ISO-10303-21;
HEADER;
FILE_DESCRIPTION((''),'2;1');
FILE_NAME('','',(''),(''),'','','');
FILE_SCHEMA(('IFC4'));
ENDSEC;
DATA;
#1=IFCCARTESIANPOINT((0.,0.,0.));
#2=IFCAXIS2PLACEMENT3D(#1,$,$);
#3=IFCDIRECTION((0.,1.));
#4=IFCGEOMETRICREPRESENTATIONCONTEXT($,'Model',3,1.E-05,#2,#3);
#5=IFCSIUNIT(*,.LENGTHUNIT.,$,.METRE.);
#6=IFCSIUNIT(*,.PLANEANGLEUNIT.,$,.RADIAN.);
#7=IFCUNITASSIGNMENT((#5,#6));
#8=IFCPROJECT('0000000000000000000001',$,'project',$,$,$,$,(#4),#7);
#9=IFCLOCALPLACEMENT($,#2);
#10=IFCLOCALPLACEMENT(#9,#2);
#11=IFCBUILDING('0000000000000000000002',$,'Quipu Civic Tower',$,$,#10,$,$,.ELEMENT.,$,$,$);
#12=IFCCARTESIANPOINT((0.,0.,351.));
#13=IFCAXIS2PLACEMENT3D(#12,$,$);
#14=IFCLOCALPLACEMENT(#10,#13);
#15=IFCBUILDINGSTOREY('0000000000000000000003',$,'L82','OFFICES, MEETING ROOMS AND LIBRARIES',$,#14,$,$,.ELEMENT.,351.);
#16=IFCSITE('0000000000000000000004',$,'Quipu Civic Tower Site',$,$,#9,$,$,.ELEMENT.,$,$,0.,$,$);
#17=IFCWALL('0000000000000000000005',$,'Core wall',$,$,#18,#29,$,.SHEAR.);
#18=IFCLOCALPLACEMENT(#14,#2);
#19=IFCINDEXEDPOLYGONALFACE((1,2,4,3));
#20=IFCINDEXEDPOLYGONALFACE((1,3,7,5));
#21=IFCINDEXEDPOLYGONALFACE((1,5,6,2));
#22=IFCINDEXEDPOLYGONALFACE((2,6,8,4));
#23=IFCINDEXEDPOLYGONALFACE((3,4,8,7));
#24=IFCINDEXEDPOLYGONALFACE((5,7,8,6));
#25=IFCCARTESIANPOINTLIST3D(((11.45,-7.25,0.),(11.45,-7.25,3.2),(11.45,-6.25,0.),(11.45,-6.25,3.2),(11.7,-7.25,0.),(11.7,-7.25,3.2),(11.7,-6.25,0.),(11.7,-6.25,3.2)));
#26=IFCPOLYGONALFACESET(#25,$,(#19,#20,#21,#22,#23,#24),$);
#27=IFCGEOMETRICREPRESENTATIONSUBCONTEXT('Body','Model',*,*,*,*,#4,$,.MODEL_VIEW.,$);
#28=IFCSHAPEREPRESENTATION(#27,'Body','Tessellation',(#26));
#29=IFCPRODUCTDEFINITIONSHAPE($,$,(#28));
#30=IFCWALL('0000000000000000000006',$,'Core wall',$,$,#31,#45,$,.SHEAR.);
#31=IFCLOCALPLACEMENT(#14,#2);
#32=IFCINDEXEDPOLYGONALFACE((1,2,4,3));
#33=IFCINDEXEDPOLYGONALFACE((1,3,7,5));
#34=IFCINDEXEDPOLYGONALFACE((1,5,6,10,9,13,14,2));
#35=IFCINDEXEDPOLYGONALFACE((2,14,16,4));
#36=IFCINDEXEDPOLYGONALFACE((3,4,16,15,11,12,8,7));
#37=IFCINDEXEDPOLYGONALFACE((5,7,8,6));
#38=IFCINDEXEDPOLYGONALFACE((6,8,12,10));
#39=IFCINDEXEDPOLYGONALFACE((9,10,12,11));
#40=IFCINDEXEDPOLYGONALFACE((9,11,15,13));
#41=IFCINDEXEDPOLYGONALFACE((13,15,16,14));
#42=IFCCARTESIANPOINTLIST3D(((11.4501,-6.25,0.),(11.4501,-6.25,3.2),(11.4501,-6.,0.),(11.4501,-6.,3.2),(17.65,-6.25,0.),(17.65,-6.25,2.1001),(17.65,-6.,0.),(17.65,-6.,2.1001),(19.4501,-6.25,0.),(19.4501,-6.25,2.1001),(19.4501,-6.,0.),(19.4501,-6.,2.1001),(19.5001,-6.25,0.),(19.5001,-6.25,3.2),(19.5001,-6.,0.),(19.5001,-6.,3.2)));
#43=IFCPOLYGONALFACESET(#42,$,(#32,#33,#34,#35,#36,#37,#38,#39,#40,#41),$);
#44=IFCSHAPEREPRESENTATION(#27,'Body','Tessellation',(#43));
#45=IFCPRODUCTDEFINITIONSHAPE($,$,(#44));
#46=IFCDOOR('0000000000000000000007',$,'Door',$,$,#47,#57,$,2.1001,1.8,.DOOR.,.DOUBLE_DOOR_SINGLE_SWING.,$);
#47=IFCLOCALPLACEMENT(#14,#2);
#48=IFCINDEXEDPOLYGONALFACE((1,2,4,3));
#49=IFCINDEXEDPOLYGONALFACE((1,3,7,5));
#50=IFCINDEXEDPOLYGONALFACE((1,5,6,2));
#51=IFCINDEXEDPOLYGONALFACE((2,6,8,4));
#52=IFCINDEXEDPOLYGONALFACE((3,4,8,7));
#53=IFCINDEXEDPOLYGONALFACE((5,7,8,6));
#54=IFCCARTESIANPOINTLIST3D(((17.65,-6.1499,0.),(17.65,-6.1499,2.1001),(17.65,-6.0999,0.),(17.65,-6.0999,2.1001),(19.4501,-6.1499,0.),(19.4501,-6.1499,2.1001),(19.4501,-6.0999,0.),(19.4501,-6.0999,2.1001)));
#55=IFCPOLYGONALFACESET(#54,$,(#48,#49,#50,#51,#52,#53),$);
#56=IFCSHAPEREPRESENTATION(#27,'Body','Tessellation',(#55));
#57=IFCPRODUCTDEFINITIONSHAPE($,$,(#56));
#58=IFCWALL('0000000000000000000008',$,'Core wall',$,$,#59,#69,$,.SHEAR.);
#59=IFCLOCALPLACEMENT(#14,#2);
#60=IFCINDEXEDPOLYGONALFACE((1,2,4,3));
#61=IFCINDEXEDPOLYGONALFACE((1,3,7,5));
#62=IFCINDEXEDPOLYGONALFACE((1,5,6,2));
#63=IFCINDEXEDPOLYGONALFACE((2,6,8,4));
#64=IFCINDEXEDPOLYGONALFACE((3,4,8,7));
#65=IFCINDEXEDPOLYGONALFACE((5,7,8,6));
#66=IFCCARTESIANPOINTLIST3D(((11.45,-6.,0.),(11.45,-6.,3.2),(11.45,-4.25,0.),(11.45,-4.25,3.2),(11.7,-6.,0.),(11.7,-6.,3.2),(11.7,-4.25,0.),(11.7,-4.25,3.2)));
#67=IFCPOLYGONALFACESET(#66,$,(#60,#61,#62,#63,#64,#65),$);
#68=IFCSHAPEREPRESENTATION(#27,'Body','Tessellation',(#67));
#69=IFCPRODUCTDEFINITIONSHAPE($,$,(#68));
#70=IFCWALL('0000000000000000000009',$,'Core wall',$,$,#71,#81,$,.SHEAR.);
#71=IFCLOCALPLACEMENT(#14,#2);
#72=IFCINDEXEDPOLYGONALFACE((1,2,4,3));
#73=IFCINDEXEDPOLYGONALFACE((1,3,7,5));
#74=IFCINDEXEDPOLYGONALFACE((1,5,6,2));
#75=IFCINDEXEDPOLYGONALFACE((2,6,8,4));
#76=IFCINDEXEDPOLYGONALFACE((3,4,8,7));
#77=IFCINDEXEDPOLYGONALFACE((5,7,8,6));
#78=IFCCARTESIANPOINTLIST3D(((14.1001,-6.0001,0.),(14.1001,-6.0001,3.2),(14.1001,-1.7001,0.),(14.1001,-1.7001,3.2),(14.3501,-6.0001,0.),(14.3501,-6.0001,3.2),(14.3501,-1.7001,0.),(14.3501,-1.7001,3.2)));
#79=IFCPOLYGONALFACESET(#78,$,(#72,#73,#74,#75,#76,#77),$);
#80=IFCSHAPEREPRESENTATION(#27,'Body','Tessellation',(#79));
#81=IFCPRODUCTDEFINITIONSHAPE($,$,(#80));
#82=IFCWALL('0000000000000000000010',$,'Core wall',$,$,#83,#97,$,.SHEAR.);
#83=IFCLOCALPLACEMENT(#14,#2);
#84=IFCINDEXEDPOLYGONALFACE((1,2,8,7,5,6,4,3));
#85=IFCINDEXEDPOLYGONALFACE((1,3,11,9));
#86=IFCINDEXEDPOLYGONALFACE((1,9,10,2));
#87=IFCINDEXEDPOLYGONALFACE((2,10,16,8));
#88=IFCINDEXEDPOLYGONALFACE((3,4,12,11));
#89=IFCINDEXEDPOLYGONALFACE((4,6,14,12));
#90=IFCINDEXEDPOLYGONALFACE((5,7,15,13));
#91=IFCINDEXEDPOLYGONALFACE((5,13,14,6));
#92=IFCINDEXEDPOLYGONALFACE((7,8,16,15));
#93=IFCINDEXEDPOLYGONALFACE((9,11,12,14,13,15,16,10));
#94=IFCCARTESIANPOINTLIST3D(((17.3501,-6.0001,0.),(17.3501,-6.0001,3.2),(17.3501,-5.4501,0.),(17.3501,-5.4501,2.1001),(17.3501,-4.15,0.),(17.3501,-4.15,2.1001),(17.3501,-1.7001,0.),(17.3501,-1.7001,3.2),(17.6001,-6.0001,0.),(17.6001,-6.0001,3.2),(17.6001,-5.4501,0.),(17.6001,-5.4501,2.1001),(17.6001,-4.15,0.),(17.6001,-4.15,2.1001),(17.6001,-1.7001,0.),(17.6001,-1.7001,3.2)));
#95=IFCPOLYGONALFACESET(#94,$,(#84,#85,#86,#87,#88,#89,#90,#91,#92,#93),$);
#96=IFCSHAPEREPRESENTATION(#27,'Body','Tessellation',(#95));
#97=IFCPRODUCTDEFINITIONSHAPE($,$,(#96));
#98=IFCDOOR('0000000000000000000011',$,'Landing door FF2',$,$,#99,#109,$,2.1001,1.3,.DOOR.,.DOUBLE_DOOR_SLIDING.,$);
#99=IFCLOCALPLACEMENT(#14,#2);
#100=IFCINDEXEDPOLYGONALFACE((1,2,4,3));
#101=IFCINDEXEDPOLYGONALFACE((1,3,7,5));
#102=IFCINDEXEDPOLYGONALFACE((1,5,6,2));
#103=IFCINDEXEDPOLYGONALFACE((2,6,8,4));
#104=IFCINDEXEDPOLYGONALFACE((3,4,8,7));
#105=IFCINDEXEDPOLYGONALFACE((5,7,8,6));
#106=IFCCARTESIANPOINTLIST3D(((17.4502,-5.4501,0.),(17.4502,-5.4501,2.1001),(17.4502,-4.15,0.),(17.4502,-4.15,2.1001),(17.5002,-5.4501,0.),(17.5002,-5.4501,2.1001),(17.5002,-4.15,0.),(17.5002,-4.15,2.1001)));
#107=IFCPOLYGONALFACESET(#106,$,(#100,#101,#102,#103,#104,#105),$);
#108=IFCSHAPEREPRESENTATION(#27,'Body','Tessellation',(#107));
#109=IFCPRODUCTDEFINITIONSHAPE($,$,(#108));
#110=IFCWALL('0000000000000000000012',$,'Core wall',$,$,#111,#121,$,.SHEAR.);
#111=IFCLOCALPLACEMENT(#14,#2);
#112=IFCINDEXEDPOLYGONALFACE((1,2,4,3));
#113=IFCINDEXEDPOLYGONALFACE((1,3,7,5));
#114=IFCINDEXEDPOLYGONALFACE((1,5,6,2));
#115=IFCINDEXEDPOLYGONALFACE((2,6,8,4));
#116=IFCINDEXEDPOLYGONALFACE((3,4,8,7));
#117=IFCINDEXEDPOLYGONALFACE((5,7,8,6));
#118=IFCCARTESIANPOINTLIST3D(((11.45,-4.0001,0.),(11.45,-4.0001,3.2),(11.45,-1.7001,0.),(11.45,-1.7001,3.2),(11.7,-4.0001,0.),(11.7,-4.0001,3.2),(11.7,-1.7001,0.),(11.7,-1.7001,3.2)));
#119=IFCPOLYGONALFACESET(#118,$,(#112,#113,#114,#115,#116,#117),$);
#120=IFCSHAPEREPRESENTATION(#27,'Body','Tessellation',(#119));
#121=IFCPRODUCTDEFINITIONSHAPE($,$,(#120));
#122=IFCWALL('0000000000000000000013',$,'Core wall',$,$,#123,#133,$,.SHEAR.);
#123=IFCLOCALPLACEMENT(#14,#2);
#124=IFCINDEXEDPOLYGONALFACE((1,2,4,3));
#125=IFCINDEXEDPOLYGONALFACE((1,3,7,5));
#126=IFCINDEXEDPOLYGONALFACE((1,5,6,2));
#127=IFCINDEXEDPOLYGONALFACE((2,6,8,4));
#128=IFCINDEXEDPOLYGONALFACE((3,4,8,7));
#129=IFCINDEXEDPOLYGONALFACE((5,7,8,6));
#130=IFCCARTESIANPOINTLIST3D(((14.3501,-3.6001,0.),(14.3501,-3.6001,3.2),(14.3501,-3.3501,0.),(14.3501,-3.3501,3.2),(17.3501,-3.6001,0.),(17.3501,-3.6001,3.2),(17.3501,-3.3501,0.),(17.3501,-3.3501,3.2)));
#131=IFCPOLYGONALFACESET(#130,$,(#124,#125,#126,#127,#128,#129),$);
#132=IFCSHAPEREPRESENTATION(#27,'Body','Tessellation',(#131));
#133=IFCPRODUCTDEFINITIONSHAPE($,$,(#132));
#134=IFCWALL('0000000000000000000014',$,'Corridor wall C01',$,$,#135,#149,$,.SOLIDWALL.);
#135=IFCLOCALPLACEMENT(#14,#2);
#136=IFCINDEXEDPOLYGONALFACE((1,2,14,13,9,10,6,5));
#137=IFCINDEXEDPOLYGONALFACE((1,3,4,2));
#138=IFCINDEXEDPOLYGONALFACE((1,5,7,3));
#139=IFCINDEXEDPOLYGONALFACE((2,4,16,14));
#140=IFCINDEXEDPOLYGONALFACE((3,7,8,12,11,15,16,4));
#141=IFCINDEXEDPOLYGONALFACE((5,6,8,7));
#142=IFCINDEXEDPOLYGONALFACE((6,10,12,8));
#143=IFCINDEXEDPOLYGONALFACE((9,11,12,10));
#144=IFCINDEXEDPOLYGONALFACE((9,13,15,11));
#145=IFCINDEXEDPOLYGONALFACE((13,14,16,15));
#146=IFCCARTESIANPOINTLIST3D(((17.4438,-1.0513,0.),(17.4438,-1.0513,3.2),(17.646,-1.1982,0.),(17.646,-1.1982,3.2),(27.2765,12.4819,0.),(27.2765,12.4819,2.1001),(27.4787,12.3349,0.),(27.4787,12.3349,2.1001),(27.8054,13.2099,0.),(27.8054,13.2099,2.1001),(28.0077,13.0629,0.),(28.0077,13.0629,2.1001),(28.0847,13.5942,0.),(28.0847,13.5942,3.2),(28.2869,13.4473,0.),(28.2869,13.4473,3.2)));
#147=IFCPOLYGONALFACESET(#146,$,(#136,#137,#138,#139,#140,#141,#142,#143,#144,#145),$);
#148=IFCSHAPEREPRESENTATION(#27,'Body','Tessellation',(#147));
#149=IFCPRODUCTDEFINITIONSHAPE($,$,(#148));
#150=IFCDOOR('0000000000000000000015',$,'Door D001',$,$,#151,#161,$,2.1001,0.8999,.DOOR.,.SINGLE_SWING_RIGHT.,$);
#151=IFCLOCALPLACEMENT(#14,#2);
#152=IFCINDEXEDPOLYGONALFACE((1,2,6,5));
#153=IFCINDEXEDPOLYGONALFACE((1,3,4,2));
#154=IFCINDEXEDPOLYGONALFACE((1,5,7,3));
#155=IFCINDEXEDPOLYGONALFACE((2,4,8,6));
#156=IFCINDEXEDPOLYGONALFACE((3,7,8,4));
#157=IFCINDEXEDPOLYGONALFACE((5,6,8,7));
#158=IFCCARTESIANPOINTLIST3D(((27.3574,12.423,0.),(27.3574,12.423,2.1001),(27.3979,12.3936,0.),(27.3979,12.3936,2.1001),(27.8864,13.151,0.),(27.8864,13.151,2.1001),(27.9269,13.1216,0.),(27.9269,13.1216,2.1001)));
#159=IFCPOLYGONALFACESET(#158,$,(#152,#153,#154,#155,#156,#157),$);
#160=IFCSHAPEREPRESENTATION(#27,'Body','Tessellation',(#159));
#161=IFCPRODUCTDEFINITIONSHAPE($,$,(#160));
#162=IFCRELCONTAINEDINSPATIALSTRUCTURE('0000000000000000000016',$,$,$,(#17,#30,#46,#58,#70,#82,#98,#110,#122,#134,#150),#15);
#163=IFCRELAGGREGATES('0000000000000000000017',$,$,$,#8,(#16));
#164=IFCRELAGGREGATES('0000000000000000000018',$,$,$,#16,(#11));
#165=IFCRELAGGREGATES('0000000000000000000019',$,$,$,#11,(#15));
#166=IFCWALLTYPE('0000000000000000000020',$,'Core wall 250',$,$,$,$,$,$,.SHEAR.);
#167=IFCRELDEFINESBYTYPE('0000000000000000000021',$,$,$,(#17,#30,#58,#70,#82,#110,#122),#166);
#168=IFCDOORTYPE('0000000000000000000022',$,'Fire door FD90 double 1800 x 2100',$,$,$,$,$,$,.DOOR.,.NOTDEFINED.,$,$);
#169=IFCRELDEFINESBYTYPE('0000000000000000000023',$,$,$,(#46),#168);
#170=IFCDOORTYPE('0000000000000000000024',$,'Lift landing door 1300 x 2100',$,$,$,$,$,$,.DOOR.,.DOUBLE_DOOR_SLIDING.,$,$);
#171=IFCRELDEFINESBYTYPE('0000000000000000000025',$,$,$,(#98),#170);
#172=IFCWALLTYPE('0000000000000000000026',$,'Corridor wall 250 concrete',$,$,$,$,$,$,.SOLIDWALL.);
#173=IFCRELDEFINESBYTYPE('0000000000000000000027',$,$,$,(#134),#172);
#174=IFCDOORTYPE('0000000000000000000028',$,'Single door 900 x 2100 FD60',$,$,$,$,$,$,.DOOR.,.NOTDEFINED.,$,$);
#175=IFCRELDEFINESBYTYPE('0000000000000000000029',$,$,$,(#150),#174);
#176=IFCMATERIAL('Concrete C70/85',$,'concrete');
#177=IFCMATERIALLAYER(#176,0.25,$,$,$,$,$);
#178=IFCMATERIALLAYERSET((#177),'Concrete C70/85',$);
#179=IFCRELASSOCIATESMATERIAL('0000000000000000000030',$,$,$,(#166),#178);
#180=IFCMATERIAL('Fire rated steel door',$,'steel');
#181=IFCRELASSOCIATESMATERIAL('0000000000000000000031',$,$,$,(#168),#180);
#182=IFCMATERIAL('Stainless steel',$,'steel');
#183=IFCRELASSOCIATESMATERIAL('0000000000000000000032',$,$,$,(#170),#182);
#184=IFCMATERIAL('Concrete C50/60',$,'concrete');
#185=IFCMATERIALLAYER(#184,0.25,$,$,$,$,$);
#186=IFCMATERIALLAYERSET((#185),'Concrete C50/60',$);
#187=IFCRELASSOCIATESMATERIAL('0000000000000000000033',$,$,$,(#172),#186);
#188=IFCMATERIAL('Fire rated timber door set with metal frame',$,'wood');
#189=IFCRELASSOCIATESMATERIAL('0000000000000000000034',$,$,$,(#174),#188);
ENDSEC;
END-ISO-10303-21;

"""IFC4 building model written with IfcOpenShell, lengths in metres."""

from ifc_helpers import new_model, si_unit, direction, frame, frame_2d, origin, place, context, subcontext, project, spatial, rectangle, extrude, material, layer, layer_set, type_object, element, fill, save


model = new_model("IFC4")

# Units and contexts
model_context = context("Model", 3, precision=1e-05, world=origin(), true_north=direction((0.0, 1.0)))
body_context = subcontext(model_context, "Body", "Model", "MODEL_VIEW")
ifc_project = project(units=[si_unit("LENGTHUNIT", "METRE"), si_unit("PLANEANGLEUNIT", "RADIAN")], contexts=[model_context])

# Site, building, storey
site_placement = place(None, origin())
site = spatial("IfcSite", under=ifc_project, at=site_placement, Name="Quipu Civic Tower Site", CompositionType="ELEMENT", RefElevation=0.0)
building_placement = place(site_placement, origin())
building = spatial("IfcBuilding", under=site, at=building_placement, Name="Quipu Civic Tower", CompositionType="ELEMENT")
storey_placement = place(building_placement, frame((0.0, 0.0, 351.0)))
storey = spatial("IfcBuildingStorey", under=building, at=storey_placement, Name="L82", Description="OFFICES, MEETING ROOMS AND LIBRARIES", CompositionType="ELEMENT", Elevation=351.0)

# Wall
ifc_material_1 = material(Name="Concrete C70/85", Category="concrete")
ifc_layer_1 = layer(ifc_material_1, 0.25)
ifc_layer_set_1 = layer_set([ifc_layer_1], Name="Concrete C70/85")
wall_type_1 = type_object("IfcWallType", Name="Core wall 250", PredefinedType="SHEAR", material=ifc_layer_set_1)
wall_1_placement = place(storey_placement, frame((11.575, -7.25, 0.0), z_axis=(0.0, 0.0, 1.0), x_axis=(0.0, 1.0, 0.0)))
element("IfcWall", 1, at=wall_1_placement, inside=storey, type_object=wall_type_1, Name="Core wall", PredefinedType="SHEAR", context=body_context, shape_type="SweptSolid", body=[
    extrude(rectangle(XDim=1.0, YDim=0.25, at=frame_2d((0.5, 0.0))), origin(), (0.0, 0.0, 1.0), 3.2),
])

# Wall, opening, door
wall_2_placement = place(storey_placement, frame((19.5, -6.125, 0.0), z_axis=(0.0, 0.0, 1.0), x_axis=(-1.0, 0.0, 0.0)))
wall_2 = element("IfcWall", 2, at=wall_2_placement, inside=storey, type_object=wall_type_1, Name="Core wall", PredefinedType="SHEAR", context=body_context, shape_type="SweptSolid", body=[
    extrude(rectangle(XDim=8.05, YDim=0.25, at=frame_2d((4.0249, 0.0))), origin(), (0.0, 0.0, 1.0), 3.2),
])
opening_1_placement = place(wall_2_placement, frame((0.05, 0.0, 0.0)))
opening_1 = element("IfcOpeningElement", 3, at=opening_1_placement, cuts=wall_2, PredefinedType="OPENING", context=body_context, shape_type="SweptSolid", body=[
    extrude(rectangle(XDim=1.8, YDim=2.1001, at=frame_2d((0.8999, 1.05))), frame((0.0, 0.135, 0.0), z_axis=(0.0, -1.0, 0.0), x_axis=(1.0, 0.0, 0.0)), (0.0, 0.0, 1.0), 0.27),
])
ifc_material_2 = material(Name="Fire rated steel door", Category="steel")
door_type_1 = type_object("IfcDoorType", Name="Fire door FD90 double 1800 x 2100", OperationType="NOTDEFINED", PredefinedType="DOOR", material=ifc_material_2)
door_1_placement = place(opening_1_placement, origin())
door_1 = element("IfcDoor", 4, at=door_1_placement, inside=storey, type_object=door_type_1, Name="Door", OperationType="DOUBLE_DOOR_SINGLE_SWING", OverallHeight=2.1001, OverallWidth=1.8, PredefinedType="DOOR", context=body_context, shape_type="SweptSolid", body=[
    extrude(rectangle(XDim=1.8, YDim=2.1001, at=frame_2d((0.8999, 1.05))), frame((0.0, 0.0249, 0.0), z_axis=(0.0, -1.0, 0.0), x_axis=(1.0, 0.0, 0.0)), (0.0, 0.0, 1.0), 0.05),
])
fill(opening_1, door_1)

# Walls
wall_3_placement = place(storey_placement, frame((11.575, -6.0, 0.0), z_axis=(0.0, 0.0, 1.0), x_axis=(0.0, 1.0, 0.0)))
element("IfcWall", 5, at=wall_3_placement, inside=storey, type_object=wall_type_1, Name="Core wall", PredefinedType="SHEAR", context=body_context, shape_type="SweptSolid", body=[
    extrude(rectangle(XDim=1.75, YDim=0.25, at=frame_2d((0.875, 0.0))), origin(), (0.0, 0.0, 1.0), 3.2),
])
wall_4_placement = place(storey_placement, frame((14.2251, -6.0, 0.0), z_axis=(0.0, 0.0, 1.0), x_axis=(0.0, 1.0, 0.0)))
element("IfcWall", 6, at=wall_4_placement, inside=storey, type_object=wall_type_1, Name="Core wall", PredefinedType="SHEAR", context=body_context, shape_type="SweptSolid", body=[
    extrude(rectangle(XDim=4.3, YDim=0.25, at=frame_2d((2.1499, 0.0))), origin(), (0.0, 0.0, 1.0), 3.2),
])

# Wall, opening, door
wall_5_placement = place(storey_placement, frame((17.4751, -6.0, 0.0), z_axis=(0.0, 0.0, 1.0), x_axis=(0.0, 1.0, 0.0)))
wall_5 = element("IfcWall", 7, at=wall_5_placement, inside=storey, type_object=wall_type_1, Name="Core wall", PredefinedType="SHEAR", context=body_context, shape_type="SweptSolid", body=[
    extrude(rectangle(XDim=4.3, YDim=0.25, at=frame_2d((2.1499, 0.0))), origin(), (0.0, 0.0, 1.0), 3.2),
])
opening_2_placement = place(wall_5_placement, frame((0.55, 0.0, 0.0)))
opening_2 = element("IfcOpeningElement", 8, at=opening_2_placement, cuts=wall_5, PredefinedType="OPENING", context=body_context, shape_type="SweptSolid", body=[
    extrude(rectangle(XDim=1.3, YDim=2.1001, at=frame_2d((0.6499, 1.05))), frame((0.0, 0.135, 0.0), z_axis=(0.0, -1.0, 0.0), x_axis=(1.0, 0.0, 0.0)), (0.0, 0.0, 1.0), 0.27),
])
ifc_material_3 = material(Name="Stainless steel", Category="steel")
door_type_2 = type_object("IfcDoorType", Name="Lift landing door 1300 x 2100", OperationType="DOUBLE_DOOR_SLIDING", PredefinedType="DOOR", material=ifc_material_3)
door_2_placement = place(opening_2_placement, origin())
door_2 = element("IfcDoor", 9, at=door_2_placement, inside=storey, type_object=door_type_2, Name="Landing door FF2", OperationType="DOUBLE_DOOR_SLIDING", OverallHeight=2.1001, OverallWidth=1.3, PredefinedType="DOOR", context=body_context, shape_type="SweptSolid", body=[
    extrude(rectangle(XDim=1.3, YDim=2.1001, at=frame_2d((0.6499, 1.05))), frame((0.0, 0.0249, 0.0), z_axis=(0.0, -1.0, 0.0), x_axis=(1.0, 0.0, 0.0)), (0.0, 0.0, 1.0), 0.05),
])
fill(opening_2, door_2)

# Walls
wall_6_placement = place(storey_placement, frame((11.575, -4.0, 0.0), z_axis=(0.0, 0.0, 1.0), x_axis=(0.0, 1.0, 0.0)))
element("IfcWall", 10, at=wall_6_placement, inside=storey, type_object=wall_type_1, Name="Core wall", PredefinedType="SHEAR", context=body_context, shape_type="SweptSolid", body=[
    extrude(rectangle(XDim=2.3, YDim=0.25, at=frame_2d((1.1499, 0.0))), origin(), (0.0, 0.0, 1.0), 3.2),
])
wall_7_placement = place(storey_placement, frame((14.3501, -3.4751, 0.0), z_axis=(0.0, 0.0, 1.0), x_axis=(1.0, 0.0, 0.0)))
element("IfcWall", 11, at=wall_7_placement, inside=storey, type_object=wall_type_1, Name="Core wall", PredefinedType="SHEAR", context=body_context, shape_type="SweptSolid", body=[
    extrude(rectangle(XDim=3.0, YDim=0.25, at=frame_2d((1.5, 0.0))), origin(), (0.0, 0.0, 1.0), 3.2),
])

# Wall, opening, door
ifc_material_4 = material(Name="Concrete C50/60", Category="concrete")
ifc_layer_2 = layer(ifc_material_4, 0.25)
ifc_layer_set_2 = layer_set([ifc_layer_2], Name="Concrete C50/60")
wall_type_2 = type_object("IfcWallType", Name="Corridor wall 250 concrete", PredefinedType="SOLIDWALL", material=ifc_layer_set_2)
wall_8_placement = place(storey_placement, frame((17.5449, -1.1248, 0.0), z_axis=(0.0, 0.0, 1.0), x_axis=(0.587796, 0.80901, 0.0)))
wall_8 = element("IfcWall", 12, at=wall_8_placement, inside=storey, type_object=wall_type_2, Name="Corridor wall C01", PredefinedType="SOLIDWALL", context=body_context, shape_type="SweptSolid", body=[
    extrude(rectangle(XDim=18.103, YDim=0.25, at=frame_2d((9.0515, 0.0))), origin(), (0.0, 0.0, 1.0), 3.2),
])
opening_3_placement = place(wall_8_placement, frame((16.728, 0.0, 0.0)))
opening_3 = element("IfcOpeningElement", 13, at=opening_3_placement, cuts=wall_8, PredefinedType="OPENING", context=body_context, shape_type="SweptSolid", body=[
    extrude(rectangle(XDim=0.8999, YDim=2.1001, at=frame_2d((0.45, 1.05))), frame((0.0, 0.135, 0.0), z_axis=(0.0, -1.0, 0.0), x_axis=(1.0, 0.0, 0.0)), (0.0, 0.0, 1.0), 0.27),
])
ifc_material_5 = material(Name="Fire rated timber door set with metal frame", Category="wood")
door_type_3 = type_object("IfcDoorType", Name="Single door 900 x 2100 FD60", OperationType="NOTDEFINED", PredefinedType="DOOR", material=ifc_material_5)
door_3_placement = place(opening_3_placement, origin())
door_3 = element("IfcDoor", 14, at=door_3_placement, inside=storey, type_object=door_type_3, Name="Door D001", OperationType="SINGLE_SWING_RIGHT", OverallHeight=2.1001, OverallWidth=0.8999, PredefinedType="DOOR", context=body_context, shape_type="SweptSolid", body=[
    extrude(rectangle(XDim=0.8999, YDim=2.1001, at=frame_2d((0.45, 1.05))), frame((0.0, 0.0249, 0.0), z_axis=(0.0, -1.0, 0.0), x_axis=(1.0, 0.0, 0.0)), (0.0, 0.0, 1.0), 0.05),
])
fill(opening_3, door_3)

save(model, "model.ifc")
